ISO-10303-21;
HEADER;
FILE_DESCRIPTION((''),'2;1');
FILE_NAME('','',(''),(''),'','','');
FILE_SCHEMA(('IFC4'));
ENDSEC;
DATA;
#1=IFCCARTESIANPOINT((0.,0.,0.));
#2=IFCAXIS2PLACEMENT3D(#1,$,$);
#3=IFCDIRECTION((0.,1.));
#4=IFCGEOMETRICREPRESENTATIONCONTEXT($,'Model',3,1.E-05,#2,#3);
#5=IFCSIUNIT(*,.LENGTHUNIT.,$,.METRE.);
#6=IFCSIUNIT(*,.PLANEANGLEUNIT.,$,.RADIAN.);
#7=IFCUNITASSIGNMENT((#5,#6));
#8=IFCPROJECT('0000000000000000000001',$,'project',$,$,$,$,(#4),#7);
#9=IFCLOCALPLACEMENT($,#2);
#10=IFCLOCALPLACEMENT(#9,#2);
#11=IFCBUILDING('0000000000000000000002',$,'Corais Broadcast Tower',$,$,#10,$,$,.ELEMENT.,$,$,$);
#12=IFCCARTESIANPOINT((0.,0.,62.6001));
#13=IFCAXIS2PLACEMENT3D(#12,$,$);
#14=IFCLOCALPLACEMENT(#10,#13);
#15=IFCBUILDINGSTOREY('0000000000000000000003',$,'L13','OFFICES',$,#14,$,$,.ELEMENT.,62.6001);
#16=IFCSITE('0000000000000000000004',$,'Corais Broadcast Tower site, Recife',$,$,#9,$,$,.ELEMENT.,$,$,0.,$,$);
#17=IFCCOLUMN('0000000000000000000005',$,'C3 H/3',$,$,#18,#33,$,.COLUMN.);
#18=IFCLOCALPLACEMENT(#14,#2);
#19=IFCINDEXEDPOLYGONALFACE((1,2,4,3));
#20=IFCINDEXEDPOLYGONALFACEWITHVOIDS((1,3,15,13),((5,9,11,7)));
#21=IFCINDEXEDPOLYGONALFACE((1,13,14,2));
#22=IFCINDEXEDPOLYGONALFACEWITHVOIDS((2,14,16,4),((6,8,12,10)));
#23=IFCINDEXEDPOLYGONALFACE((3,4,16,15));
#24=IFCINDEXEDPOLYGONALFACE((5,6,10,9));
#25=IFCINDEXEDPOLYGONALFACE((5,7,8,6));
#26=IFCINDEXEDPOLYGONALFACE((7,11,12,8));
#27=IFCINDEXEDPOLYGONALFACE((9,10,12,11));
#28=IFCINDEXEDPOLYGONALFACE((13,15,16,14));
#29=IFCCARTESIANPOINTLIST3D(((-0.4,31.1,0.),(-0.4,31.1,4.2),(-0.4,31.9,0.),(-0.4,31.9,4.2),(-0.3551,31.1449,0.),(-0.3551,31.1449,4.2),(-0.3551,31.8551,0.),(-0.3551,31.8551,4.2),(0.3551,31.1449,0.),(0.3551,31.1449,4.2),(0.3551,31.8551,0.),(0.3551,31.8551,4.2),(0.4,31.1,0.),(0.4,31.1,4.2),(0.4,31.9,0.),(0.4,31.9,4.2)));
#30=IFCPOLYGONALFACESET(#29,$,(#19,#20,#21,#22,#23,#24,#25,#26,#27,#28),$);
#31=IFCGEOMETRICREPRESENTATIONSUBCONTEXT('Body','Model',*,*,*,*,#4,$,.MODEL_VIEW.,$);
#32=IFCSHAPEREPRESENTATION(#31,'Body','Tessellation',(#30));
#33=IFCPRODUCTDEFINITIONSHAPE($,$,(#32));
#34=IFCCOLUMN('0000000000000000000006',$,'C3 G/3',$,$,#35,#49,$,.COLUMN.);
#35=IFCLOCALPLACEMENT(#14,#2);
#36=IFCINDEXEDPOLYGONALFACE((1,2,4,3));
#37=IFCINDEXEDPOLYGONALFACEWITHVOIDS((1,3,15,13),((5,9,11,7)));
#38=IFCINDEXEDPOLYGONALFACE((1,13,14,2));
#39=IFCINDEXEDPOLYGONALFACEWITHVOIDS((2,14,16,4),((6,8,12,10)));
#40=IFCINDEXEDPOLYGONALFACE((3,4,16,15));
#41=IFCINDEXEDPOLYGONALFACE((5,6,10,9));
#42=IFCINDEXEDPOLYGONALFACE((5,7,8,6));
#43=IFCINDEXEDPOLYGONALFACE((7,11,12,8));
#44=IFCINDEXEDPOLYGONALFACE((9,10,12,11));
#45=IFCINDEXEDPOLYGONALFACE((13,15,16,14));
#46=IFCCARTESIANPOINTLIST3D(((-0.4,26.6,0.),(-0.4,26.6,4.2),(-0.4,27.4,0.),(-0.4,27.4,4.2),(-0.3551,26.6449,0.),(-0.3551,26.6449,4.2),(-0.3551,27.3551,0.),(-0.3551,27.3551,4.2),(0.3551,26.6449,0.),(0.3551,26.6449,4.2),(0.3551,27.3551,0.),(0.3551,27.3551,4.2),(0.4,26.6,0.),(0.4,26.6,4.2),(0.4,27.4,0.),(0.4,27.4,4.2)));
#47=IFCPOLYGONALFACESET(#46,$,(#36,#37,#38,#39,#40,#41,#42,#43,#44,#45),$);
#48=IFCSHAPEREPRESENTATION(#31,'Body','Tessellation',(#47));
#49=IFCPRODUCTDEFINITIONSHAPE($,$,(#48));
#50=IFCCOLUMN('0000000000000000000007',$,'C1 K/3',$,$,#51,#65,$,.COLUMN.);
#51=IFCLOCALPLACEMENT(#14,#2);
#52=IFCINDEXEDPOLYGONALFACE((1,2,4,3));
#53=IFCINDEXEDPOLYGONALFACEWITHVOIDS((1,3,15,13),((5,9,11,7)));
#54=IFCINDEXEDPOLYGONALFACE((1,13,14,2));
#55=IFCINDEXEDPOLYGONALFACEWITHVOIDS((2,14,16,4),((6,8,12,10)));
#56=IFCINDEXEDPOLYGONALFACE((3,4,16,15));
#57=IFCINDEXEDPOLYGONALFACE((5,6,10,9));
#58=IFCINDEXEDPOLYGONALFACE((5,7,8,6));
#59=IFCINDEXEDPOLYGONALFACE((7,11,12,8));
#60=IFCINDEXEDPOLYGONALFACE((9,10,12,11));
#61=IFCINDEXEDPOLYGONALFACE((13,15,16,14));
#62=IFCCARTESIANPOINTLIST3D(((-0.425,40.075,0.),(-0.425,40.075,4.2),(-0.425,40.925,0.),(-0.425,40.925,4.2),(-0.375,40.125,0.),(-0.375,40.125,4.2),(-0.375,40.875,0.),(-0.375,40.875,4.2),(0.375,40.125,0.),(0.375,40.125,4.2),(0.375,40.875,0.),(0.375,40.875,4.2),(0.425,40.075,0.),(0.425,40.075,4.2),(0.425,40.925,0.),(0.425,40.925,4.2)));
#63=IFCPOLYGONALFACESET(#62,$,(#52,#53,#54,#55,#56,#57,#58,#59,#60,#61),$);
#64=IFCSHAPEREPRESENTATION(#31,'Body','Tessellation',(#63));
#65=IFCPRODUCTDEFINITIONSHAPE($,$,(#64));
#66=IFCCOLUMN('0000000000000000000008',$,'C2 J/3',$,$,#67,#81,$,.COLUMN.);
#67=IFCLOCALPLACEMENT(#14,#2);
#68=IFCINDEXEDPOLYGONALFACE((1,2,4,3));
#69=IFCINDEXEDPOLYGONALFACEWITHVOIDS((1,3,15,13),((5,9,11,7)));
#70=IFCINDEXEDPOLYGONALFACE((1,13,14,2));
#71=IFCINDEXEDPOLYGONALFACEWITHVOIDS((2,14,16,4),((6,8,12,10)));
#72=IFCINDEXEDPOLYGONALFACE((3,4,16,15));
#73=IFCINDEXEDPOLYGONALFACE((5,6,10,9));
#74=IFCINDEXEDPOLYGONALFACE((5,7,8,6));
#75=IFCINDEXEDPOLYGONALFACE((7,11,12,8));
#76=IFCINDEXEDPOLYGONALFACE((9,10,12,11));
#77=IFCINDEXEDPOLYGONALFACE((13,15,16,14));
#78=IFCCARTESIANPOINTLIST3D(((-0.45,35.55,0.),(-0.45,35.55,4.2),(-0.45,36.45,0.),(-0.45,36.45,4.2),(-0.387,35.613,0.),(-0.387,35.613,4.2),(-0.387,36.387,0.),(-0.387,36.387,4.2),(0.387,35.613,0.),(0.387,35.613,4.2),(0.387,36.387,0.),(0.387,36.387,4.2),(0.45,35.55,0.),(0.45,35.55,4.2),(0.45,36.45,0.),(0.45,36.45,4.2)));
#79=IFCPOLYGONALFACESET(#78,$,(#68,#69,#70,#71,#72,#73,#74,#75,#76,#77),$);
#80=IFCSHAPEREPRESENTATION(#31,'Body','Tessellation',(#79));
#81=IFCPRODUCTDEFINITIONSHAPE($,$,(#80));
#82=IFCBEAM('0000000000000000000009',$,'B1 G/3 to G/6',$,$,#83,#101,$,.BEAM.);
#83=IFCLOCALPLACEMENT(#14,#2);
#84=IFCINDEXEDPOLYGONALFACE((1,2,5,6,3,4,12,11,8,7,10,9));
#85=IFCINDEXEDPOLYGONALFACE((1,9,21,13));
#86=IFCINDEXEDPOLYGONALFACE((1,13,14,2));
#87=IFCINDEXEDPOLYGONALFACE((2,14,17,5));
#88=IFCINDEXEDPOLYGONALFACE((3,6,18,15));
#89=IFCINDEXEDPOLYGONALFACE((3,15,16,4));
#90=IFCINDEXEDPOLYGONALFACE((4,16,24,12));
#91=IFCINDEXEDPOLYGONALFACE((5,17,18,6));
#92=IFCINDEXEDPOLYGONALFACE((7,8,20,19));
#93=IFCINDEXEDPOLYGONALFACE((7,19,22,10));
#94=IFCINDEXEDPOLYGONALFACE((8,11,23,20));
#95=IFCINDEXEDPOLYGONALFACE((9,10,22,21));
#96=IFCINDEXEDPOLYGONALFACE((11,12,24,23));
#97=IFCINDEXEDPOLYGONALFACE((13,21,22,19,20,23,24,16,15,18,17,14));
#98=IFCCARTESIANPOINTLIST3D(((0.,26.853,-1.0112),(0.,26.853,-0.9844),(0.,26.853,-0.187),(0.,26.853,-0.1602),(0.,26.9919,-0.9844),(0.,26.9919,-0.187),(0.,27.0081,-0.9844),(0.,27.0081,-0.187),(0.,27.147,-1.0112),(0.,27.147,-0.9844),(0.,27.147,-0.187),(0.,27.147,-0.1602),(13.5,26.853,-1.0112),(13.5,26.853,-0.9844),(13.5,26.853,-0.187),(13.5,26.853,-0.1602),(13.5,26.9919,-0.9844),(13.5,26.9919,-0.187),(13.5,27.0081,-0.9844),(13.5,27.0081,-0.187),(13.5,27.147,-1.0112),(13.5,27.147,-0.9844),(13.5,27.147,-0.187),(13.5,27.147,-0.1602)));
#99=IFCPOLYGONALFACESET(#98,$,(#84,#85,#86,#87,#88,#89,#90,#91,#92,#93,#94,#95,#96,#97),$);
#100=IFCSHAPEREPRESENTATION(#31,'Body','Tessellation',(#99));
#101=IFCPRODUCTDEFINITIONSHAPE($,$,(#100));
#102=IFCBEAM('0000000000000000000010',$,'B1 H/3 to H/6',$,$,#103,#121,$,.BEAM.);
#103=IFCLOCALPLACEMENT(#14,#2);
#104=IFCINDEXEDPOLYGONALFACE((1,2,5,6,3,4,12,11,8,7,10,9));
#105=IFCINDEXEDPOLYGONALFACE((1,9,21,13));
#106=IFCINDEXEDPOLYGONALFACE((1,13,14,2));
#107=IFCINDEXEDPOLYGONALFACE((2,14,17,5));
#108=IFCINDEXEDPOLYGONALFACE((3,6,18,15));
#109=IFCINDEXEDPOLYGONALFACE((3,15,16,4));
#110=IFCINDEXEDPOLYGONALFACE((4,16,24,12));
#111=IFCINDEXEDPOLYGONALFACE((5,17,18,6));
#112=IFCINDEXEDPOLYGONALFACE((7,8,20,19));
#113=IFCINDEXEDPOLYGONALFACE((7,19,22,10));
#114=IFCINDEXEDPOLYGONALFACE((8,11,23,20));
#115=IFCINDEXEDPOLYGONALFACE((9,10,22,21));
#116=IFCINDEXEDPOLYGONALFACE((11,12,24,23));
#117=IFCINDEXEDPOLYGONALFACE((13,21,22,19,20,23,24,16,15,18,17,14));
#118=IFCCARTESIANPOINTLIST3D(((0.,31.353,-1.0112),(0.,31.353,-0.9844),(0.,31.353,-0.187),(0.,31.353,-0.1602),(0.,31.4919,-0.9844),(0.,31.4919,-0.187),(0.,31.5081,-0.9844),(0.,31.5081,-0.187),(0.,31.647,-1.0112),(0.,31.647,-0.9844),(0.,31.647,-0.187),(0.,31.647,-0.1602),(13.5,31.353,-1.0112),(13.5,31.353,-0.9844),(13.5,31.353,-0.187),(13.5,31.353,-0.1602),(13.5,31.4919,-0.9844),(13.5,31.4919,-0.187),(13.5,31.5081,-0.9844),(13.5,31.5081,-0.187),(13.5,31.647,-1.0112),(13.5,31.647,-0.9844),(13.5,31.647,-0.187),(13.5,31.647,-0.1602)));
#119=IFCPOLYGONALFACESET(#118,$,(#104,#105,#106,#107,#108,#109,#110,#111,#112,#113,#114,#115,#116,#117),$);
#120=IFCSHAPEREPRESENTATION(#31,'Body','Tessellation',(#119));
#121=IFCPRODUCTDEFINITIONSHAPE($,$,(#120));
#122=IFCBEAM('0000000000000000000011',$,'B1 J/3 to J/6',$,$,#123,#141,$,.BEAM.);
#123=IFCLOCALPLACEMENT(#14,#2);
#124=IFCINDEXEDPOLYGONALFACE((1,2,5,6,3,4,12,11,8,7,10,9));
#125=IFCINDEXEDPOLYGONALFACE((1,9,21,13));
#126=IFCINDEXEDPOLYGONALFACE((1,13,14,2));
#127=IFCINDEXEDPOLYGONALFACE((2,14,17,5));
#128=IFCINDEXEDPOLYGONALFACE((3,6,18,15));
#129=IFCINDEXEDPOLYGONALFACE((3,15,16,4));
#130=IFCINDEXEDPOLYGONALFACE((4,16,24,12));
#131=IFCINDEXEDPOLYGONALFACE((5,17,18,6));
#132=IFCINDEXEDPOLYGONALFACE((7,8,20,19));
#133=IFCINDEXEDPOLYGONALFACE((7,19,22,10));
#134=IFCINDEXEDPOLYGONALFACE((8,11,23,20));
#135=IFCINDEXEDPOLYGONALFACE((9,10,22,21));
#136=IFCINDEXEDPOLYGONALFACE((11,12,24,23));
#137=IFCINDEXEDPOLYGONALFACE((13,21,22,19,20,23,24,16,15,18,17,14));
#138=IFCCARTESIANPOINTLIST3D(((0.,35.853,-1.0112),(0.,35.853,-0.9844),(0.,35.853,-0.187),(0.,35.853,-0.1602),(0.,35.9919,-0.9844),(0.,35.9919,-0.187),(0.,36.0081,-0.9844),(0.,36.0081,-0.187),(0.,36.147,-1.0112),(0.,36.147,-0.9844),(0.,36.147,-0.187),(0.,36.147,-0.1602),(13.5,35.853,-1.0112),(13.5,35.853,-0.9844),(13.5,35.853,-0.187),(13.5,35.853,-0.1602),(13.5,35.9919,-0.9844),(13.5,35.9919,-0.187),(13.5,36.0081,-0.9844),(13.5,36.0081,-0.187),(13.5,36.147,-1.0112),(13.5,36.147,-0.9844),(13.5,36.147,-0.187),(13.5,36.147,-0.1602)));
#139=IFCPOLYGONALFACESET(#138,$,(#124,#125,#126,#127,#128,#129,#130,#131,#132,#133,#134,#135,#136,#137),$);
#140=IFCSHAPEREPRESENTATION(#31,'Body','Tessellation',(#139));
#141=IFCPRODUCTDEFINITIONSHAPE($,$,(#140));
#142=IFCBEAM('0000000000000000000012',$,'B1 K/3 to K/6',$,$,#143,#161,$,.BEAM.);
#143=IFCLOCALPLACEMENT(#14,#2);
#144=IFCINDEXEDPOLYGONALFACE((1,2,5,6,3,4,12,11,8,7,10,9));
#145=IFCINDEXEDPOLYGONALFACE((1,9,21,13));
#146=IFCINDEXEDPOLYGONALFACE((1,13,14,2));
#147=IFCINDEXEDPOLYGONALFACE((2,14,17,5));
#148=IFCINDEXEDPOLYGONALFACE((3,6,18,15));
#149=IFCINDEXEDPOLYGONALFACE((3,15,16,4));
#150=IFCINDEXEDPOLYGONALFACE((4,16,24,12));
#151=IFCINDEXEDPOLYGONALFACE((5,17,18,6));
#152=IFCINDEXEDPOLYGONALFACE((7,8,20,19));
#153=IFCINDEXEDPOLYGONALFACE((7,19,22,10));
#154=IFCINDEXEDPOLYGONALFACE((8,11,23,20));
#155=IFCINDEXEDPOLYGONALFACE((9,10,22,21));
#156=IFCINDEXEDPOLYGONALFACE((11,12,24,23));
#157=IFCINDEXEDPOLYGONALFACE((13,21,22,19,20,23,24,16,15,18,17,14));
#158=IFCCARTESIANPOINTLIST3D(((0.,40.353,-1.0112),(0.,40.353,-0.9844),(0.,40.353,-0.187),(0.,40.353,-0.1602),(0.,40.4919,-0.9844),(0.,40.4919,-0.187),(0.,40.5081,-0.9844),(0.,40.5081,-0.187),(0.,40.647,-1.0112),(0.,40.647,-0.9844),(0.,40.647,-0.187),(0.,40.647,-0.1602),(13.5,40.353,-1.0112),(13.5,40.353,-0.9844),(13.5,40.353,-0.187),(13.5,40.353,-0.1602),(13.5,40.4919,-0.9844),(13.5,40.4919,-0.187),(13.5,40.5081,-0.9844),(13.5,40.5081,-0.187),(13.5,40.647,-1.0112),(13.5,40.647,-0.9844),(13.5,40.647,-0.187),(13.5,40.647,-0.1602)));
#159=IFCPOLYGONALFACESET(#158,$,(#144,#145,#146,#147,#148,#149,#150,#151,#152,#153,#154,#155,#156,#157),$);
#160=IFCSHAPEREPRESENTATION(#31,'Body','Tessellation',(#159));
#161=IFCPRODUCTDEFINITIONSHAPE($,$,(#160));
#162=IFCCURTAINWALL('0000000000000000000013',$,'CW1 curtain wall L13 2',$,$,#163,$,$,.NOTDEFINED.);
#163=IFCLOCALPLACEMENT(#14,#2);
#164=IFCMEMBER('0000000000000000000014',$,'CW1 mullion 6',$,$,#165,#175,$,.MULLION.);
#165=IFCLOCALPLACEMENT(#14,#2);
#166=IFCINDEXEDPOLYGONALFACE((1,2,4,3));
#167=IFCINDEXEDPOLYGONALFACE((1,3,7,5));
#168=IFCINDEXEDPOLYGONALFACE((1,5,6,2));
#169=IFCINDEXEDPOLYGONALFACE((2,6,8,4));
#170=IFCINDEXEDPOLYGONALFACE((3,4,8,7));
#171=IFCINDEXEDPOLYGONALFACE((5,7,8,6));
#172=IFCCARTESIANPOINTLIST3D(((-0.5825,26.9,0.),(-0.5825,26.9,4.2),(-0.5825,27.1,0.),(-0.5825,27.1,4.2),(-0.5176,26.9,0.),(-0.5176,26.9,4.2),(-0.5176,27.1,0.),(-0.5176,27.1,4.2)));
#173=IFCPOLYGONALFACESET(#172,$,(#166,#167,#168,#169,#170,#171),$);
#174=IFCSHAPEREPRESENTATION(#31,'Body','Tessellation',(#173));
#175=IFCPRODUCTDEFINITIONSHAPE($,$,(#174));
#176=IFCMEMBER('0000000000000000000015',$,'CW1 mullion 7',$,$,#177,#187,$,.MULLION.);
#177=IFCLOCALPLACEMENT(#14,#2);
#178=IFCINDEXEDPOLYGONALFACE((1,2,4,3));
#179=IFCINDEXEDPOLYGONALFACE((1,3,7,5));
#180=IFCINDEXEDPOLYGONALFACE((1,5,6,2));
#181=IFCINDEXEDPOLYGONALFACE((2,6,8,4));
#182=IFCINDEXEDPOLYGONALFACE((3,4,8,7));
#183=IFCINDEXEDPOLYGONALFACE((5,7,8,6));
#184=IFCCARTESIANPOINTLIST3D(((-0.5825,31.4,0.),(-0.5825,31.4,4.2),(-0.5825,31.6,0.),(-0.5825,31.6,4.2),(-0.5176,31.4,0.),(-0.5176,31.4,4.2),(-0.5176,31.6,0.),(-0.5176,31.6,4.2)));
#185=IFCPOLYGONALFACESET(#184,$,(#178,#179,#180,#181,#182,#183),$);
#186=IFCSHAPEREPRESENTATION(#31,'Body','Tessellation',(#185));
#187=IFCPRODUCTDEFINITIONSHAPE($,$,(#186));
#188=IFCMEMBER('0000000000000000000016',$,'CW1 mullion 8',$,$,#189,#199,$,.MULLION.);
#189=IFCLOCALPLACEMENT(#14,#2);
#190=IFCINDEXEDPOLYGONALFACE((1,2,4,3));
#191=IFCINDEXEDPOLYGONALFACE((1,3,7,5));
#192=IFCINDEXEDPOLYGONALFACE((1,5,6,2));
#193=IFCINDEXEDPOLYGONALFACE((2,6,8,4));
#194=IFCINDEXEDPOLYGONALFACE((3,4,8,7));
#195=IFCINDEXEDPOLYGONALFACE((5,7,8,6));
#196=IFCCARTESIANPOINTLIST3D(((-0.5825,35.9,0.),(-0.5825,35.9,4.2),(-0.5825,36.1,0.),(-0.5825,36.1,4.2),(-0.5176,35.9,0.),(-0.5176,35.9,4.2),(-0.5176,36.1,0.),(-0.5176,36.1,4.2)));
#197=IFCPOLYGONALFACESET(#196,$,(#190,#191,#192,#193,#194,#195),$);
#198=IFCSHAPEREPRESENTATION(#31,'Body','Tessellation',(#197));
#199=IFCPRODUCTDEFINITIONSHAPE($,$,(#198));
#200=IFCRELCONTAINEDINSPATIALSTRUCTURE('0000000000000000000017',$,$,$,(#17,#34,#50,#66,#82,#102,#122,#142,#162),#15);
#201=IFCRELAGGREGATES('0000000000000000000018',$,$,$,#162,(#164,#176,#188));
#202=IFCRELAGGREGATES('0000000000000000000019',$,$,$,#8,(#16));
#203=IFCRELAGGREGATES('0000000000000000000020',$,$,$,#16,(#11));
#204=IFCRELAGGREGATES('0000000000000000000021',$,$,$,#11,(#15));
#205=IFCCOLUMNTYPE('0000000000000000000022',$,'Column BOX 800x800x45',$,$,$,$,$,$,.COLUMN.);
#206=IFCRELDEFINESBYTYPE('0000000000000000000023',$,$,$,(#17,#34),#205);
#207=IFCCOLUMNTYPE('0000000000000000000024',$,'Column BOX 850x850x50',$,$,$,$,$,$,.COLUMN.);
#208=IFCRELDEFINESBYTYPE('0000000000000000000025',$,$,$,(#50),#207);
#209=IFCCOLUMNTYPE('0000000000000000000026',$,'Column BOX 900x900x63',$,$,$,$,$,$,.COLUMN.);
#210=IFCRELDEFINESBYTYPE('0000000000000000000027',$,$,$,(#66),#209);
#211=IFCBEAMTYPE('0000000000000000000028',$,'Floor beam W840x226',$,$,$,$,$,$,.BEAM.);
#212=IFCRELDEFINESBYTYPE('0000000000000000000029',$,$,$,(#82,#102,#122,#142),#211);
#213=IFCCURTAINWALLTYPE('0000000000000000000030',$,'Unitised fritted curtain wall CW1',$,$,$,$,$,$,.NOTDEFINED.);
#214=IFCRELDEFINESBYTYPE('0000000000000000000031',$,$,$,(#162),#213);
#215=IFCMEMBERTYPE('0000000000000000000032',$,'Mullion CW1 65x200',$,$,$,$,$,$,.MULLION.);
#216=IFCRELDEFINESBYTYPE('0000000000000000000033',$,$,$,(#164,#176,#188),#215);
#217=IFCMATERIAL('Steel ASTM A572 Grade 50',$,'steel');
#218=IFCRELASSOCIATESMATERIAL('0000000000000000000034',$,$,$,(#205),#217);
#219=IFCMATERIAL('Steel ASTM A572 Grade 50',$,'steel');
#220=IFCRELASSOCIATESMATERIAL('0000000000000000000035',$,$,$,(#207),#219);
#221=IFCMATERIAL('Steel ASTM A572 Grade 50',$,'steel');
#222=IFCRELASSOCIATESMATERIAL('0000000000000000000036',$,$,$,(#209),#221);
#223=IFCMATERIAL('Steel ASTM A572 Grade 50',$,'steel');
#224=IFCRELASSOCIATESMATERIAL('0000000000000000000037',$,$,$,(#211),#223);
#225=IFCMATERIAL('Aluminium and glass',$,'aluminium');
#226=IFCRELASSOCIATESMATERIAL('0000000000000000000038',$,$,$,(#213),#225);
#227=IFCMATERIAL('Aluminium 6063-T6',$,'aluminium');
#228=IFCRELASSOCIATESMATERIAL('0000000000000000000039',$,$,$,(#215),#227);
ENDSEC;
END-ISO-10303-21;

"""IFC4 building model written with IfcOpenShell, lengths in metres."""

from ifc_helpers import new_model, si_unit, direction, frame, origin, origin_2d, place, context, subcontext, project, spatial, rectangle, hollow_rectangle, i_section, extrude, material, material_profile, profile_set, type_object, element, aggregate, save


model = new_model("IFC4")

# Units and contexts
model_context = context("Model", 3, precision=1e-05, world=origin(), true_north=direction((0.0, 1.0)))
body_context = subcontext(model_context, "Body", "Model", "MODEL_VIEW")
ifc_project = project(units=[si_unit("LENGTHUNIT", "METRE"), si_unit("PLANEANGLEUNIT", "RADIAN")], contexts=[model_context])

# Site, building, storey
site_placement = place(None, origin())
site = spatial("IfcSite", under=ifc_project, at=site_placement, Name="Corais Broadcast Tower site, Recife", CompositionType="ELEMENT", RefElevation=0.0)
building_placement = place(site_placement, origin())
building = spatial("IfcBuilding", under=site, at=building_placement, Name="Corais Broadcast Tower", CompositionType="ELEMENT")
storey_placement = place(building_placement, frame((0.0, 0.0, 62.6001)))
storey = spatial("IfcBuildingStorey", under=building, at=storey_placement, Name="L13", Description="OFFICES", CompositionType="ELEMENT", Elevation=62.6001)

# Columns
ifc_material_1 = material(Name="Steel ASTM A572 Grade 50", Category="steel")
ifc_material_profile_1 = material_profile(ifc_material_1, hollow_rectangle(XDim=0.8, YDim=0.8, WallThickness=0.0449, at=origin_2d()), Name="BOX 800x800x45")
ifc_profile_set_1 = profile_set([ifc_material_profile_1], Name="Steel ASTM A572 Grade 50")
column_type_1 = type_object("IfcColumnType", Name="Column BOX 800x800x45", PredefinedType="COLUMN", material=ifc_profile_set_1)
for number, where, z_axis, x_axis, name in (
    (1, (0.0, 31.5, 0.0), (0.0, 0.0, 1.0), (1.0, 0.0, 0.0), "C3 H/3"),
    (2, (0.0, 27.0, 0.0), (0.0, 0.0, 1.0), (1.0, 0.0, 0.0), "C3 G/3"),
):
    element("IfcColumn", number, at=place(storey_placement, frame(where, z_axis=z_axis, x_axis=x_axis)), inside=storey, type_object=column_type_1, Name=name, PredefinedType="COLUMN", context=body_context, shape_type="SweptSolid", body=[
        extrude(hollow_rectangle(XDim=0.8, YDim=0.8, WallThickness=0.0449, at=origin_2d()), origin(), (0.0, 0.0, 1.0), 4.2),
    ])
ifc_material_2 = material(Name="Steel ASTM A572 Grade 50", Category="steel")
ifc_material_profile_2 = material_profile(ifc_material_2, hollow_rectangle(XDim=0.8501, YDim=0.8501, WallThickness=0.05, at=origin_2d()), Name="BOX 850x850x50")
ifc_profile_set_2 = profile_set([ifc_material_profile_2], Name="Steel ASTM A572 Grade 50")
column_type_2 = type_object("IfcColumnType", Name="Column BOX 850x850x50", PredefinedType="COLUMN", material=ifc_profile_set_2)
column_1_placement = place(storey_placement, frame((0.0, 40.5, 0.0), z_axis=(0.0, 0.0, 1.0), x_axis=(1.0, 0.0, 0.0)))
element("IfcColumn", 3, at=column_1_placement, inside=storey, type_object=column_type_2, Name="C1 K/3", PredefinedType="COLUMN", context=body_context, shape_type="SweptSolid", body=[
    extrude(hollow_rectangle(XDim=0.8501, YDim=0.8501, WallThickness=0.05, at=origin_2d()), origin(), (0.0, 0.0, 1.0), 4.2),
])
ifc_material_3 = material(Name="Steel ASTM A572 Grade 50", Category="steel")
ifc_material_profile_3 = material_profile(ifc_material_3, hollow_rectangle(XDim=0.8999, YDim=0.8999, WallThickness=0.063, at=origin_2d()), Name="BOX 900x900x63")
ifc_profile_set_3 = profile_set([ifc_material_profile_3], Name="Steel ASTM A572 Grade 50")
column_type_3 = type_object("IfcColumnType", Name="Column BOX 900x900x63", PredefinedType="COLUMN", material=ifc_profile_set_3)
column_2_placement = place(storey_placement, frame((0.0, 36.0, 0.0), z_axis=(0.0, 0.0, 1.0), x_axis=(1.0, 0.0, 0.0)))
element("IfcColumn", 4, at=column_2_placement, inside=storey, type_object=column_type_3, Name="C2 J/3", PredefinedType="COLUMN", context=body_context, shape_type="SweptSolid", body=[
    extrude(hollow_rectangle(XDim=0.8999, YDim=0.8999, WallThickness=0.063, at=origin_2d()), origin(), (0.0, 0.0, 1.0), 4.2),
])

# Beams
ifc_material_4 = material(Name="Steel ASTM A572 Grade 50", Category="steel")
ifc_material_profile_4 = material_profile(ifc_material_4, i_section(OverallWidth=0.2939, OverallDepth=0.8511, WebThickness=0.0161, FlangeThickness=0.0269, at=origin_2d()), Name="W840x226")
ifc_profile_set_4 = profile_set([ifc_material_profile_4], Name="Steel ASTM A572 Grade 50")
beam_type_1 = type_object("IfcBeamType", Name="Floor beam W840x226", PredefinedType="BEAM", material=ifc_profile_set_4)
for number, where, z_axis, x_axis, name in (
    (5, (0.0, 27.0, -0.5857), (1.0, 0.0, 0.0), (0.0, 1.0, 0.0), "B1 G/3 to G/6"),
    (6, (0.0, 31.5, -0.5857), (1.0, 0.0, 0.0), (0.0, 1.0, 0.0), "B1 H/3 to H/6"),
    (7, (0.0, 36.0, -0.5857), (1.0, 0.0, 0.0), (0.0, 1.0, 0.0), "B1 J/3 to J/6"),
    (8, (0.0, 40.5, -0.5857), (1.0, 0.0, 0.0), (0.0, 1.0, 0.0), "B1 K/3 to K/6"),
):
    element("IfcBeam", number, at=place(storey_placement, frame(where, z_axis=z_axis, x_axis=x_axis)), inside=storey, type_object=beam_type_1, Name=name, PredefinedType="BEAM", context=body_context, shape_type="SweptSolid", body=[
        extrude(i_section(OverallWidth=0.2939, OverallDepth=0.8511, WebThickness=0.0161, FlangeThickness=0.0269, at=origin_2d()), origin(), (0.0, 0.0, 1.0), 13.5),
    ])

# Curtain wall, members
ifc_material_5 = material(Name="Aluminium and glass", Category="aluminium")
curtain_wall_type = type_object("IfcCurtainWallType", Name="Unitised fritted curtain wall CW1", PredefinedType="NOTDEFINED", material=ifc_material_5)
curtain_wall_placement = place(storey_placement, origin())
curtain_wall = element("IfcCurtainWall", 9, at=curtain_wall_placement, inside=storey, type_object=curtain_wall_type, Name="CW1 curtain wall L13 2", PredefinedType="NOTDEFINED")
ifc_material_6 = material(Name="Aluminium 6063-T6", Category="aluminium")
ifc_material_profile_5 = material_profile(ifc_material_6, rectangle(XDim=0.0649, YDim=0.2, at=origin_2d()), Name="Mullion CW1 65x200")
ifc_profile_set_5 = profile_set([ifc_material_profile_5], Name="Aluminium 6063-T6")
member_type_1 = type_object("IfcMemberType", Name="Mullion CW1 65x200", PredefinedType="MULLION", material=ifc_profile_set_5)
member_1_placement = place(storey_placement, frame((-0.55, 27.0, 0.0), z_axis=(0.0, 0.0, 1.0), x_axis=(-1.0, 0.0, 0.0)))
member_1 = element("IfcMember", 10, at=member_1_placement, type_object=member_type_1, Name="CW1 mullion 6", PredefinedType="MULLION", context=body_context, shape_type="SweptSolid", body=[
    extrude(rectangle(XDim=0.0649, YDim=0.2, at=origin_2d()), origin(), (0.0, 0.0, 1.0), 4.2),
])
member_2_placement = place(storey_placement, frame((-0.55, 31.5, 0.0), z_axis=(0.0, 0.0, 1.0), x_axis=(-1.0, 0.0, 0.0)))
member_2 = element("IfcMember", 11, at=member_2_placement, type_object=member_type_1, Name="CW1 mullion 7", PredefinedType="MULLION", context=body_context, shape_type="SweptSolid", body=[
    extrude(rectangle(XDim=0.0649, YDim=0.2, at=origin_2d()), origin(), (0.0, 0.0, 1.0), 4.2),
])
member_3_placement = place(storey_placement, frame((-0.55, 36.0, 0.0), z_axis=(0.0, 0.0, 1.0), x_axis=(-1.0, 0.0, 0.0)))
member_3 = element("IfcMember", 12, at=member_3_placement, type_object=member_type_1, Name="CW1 mullion 8", PredefinedType="MULLION", context=body_context, shape_type="SweptSolid", body=[
    extrude(rectangle(XDim=0.0649, YDim=0.2, at=origin_2d()), origin(), (0.0, 0.0, 1.0), 4.2),
])

aggregate(curtain_wall, [member_1, member_2, member_3])

save(model, "model.ifc")
